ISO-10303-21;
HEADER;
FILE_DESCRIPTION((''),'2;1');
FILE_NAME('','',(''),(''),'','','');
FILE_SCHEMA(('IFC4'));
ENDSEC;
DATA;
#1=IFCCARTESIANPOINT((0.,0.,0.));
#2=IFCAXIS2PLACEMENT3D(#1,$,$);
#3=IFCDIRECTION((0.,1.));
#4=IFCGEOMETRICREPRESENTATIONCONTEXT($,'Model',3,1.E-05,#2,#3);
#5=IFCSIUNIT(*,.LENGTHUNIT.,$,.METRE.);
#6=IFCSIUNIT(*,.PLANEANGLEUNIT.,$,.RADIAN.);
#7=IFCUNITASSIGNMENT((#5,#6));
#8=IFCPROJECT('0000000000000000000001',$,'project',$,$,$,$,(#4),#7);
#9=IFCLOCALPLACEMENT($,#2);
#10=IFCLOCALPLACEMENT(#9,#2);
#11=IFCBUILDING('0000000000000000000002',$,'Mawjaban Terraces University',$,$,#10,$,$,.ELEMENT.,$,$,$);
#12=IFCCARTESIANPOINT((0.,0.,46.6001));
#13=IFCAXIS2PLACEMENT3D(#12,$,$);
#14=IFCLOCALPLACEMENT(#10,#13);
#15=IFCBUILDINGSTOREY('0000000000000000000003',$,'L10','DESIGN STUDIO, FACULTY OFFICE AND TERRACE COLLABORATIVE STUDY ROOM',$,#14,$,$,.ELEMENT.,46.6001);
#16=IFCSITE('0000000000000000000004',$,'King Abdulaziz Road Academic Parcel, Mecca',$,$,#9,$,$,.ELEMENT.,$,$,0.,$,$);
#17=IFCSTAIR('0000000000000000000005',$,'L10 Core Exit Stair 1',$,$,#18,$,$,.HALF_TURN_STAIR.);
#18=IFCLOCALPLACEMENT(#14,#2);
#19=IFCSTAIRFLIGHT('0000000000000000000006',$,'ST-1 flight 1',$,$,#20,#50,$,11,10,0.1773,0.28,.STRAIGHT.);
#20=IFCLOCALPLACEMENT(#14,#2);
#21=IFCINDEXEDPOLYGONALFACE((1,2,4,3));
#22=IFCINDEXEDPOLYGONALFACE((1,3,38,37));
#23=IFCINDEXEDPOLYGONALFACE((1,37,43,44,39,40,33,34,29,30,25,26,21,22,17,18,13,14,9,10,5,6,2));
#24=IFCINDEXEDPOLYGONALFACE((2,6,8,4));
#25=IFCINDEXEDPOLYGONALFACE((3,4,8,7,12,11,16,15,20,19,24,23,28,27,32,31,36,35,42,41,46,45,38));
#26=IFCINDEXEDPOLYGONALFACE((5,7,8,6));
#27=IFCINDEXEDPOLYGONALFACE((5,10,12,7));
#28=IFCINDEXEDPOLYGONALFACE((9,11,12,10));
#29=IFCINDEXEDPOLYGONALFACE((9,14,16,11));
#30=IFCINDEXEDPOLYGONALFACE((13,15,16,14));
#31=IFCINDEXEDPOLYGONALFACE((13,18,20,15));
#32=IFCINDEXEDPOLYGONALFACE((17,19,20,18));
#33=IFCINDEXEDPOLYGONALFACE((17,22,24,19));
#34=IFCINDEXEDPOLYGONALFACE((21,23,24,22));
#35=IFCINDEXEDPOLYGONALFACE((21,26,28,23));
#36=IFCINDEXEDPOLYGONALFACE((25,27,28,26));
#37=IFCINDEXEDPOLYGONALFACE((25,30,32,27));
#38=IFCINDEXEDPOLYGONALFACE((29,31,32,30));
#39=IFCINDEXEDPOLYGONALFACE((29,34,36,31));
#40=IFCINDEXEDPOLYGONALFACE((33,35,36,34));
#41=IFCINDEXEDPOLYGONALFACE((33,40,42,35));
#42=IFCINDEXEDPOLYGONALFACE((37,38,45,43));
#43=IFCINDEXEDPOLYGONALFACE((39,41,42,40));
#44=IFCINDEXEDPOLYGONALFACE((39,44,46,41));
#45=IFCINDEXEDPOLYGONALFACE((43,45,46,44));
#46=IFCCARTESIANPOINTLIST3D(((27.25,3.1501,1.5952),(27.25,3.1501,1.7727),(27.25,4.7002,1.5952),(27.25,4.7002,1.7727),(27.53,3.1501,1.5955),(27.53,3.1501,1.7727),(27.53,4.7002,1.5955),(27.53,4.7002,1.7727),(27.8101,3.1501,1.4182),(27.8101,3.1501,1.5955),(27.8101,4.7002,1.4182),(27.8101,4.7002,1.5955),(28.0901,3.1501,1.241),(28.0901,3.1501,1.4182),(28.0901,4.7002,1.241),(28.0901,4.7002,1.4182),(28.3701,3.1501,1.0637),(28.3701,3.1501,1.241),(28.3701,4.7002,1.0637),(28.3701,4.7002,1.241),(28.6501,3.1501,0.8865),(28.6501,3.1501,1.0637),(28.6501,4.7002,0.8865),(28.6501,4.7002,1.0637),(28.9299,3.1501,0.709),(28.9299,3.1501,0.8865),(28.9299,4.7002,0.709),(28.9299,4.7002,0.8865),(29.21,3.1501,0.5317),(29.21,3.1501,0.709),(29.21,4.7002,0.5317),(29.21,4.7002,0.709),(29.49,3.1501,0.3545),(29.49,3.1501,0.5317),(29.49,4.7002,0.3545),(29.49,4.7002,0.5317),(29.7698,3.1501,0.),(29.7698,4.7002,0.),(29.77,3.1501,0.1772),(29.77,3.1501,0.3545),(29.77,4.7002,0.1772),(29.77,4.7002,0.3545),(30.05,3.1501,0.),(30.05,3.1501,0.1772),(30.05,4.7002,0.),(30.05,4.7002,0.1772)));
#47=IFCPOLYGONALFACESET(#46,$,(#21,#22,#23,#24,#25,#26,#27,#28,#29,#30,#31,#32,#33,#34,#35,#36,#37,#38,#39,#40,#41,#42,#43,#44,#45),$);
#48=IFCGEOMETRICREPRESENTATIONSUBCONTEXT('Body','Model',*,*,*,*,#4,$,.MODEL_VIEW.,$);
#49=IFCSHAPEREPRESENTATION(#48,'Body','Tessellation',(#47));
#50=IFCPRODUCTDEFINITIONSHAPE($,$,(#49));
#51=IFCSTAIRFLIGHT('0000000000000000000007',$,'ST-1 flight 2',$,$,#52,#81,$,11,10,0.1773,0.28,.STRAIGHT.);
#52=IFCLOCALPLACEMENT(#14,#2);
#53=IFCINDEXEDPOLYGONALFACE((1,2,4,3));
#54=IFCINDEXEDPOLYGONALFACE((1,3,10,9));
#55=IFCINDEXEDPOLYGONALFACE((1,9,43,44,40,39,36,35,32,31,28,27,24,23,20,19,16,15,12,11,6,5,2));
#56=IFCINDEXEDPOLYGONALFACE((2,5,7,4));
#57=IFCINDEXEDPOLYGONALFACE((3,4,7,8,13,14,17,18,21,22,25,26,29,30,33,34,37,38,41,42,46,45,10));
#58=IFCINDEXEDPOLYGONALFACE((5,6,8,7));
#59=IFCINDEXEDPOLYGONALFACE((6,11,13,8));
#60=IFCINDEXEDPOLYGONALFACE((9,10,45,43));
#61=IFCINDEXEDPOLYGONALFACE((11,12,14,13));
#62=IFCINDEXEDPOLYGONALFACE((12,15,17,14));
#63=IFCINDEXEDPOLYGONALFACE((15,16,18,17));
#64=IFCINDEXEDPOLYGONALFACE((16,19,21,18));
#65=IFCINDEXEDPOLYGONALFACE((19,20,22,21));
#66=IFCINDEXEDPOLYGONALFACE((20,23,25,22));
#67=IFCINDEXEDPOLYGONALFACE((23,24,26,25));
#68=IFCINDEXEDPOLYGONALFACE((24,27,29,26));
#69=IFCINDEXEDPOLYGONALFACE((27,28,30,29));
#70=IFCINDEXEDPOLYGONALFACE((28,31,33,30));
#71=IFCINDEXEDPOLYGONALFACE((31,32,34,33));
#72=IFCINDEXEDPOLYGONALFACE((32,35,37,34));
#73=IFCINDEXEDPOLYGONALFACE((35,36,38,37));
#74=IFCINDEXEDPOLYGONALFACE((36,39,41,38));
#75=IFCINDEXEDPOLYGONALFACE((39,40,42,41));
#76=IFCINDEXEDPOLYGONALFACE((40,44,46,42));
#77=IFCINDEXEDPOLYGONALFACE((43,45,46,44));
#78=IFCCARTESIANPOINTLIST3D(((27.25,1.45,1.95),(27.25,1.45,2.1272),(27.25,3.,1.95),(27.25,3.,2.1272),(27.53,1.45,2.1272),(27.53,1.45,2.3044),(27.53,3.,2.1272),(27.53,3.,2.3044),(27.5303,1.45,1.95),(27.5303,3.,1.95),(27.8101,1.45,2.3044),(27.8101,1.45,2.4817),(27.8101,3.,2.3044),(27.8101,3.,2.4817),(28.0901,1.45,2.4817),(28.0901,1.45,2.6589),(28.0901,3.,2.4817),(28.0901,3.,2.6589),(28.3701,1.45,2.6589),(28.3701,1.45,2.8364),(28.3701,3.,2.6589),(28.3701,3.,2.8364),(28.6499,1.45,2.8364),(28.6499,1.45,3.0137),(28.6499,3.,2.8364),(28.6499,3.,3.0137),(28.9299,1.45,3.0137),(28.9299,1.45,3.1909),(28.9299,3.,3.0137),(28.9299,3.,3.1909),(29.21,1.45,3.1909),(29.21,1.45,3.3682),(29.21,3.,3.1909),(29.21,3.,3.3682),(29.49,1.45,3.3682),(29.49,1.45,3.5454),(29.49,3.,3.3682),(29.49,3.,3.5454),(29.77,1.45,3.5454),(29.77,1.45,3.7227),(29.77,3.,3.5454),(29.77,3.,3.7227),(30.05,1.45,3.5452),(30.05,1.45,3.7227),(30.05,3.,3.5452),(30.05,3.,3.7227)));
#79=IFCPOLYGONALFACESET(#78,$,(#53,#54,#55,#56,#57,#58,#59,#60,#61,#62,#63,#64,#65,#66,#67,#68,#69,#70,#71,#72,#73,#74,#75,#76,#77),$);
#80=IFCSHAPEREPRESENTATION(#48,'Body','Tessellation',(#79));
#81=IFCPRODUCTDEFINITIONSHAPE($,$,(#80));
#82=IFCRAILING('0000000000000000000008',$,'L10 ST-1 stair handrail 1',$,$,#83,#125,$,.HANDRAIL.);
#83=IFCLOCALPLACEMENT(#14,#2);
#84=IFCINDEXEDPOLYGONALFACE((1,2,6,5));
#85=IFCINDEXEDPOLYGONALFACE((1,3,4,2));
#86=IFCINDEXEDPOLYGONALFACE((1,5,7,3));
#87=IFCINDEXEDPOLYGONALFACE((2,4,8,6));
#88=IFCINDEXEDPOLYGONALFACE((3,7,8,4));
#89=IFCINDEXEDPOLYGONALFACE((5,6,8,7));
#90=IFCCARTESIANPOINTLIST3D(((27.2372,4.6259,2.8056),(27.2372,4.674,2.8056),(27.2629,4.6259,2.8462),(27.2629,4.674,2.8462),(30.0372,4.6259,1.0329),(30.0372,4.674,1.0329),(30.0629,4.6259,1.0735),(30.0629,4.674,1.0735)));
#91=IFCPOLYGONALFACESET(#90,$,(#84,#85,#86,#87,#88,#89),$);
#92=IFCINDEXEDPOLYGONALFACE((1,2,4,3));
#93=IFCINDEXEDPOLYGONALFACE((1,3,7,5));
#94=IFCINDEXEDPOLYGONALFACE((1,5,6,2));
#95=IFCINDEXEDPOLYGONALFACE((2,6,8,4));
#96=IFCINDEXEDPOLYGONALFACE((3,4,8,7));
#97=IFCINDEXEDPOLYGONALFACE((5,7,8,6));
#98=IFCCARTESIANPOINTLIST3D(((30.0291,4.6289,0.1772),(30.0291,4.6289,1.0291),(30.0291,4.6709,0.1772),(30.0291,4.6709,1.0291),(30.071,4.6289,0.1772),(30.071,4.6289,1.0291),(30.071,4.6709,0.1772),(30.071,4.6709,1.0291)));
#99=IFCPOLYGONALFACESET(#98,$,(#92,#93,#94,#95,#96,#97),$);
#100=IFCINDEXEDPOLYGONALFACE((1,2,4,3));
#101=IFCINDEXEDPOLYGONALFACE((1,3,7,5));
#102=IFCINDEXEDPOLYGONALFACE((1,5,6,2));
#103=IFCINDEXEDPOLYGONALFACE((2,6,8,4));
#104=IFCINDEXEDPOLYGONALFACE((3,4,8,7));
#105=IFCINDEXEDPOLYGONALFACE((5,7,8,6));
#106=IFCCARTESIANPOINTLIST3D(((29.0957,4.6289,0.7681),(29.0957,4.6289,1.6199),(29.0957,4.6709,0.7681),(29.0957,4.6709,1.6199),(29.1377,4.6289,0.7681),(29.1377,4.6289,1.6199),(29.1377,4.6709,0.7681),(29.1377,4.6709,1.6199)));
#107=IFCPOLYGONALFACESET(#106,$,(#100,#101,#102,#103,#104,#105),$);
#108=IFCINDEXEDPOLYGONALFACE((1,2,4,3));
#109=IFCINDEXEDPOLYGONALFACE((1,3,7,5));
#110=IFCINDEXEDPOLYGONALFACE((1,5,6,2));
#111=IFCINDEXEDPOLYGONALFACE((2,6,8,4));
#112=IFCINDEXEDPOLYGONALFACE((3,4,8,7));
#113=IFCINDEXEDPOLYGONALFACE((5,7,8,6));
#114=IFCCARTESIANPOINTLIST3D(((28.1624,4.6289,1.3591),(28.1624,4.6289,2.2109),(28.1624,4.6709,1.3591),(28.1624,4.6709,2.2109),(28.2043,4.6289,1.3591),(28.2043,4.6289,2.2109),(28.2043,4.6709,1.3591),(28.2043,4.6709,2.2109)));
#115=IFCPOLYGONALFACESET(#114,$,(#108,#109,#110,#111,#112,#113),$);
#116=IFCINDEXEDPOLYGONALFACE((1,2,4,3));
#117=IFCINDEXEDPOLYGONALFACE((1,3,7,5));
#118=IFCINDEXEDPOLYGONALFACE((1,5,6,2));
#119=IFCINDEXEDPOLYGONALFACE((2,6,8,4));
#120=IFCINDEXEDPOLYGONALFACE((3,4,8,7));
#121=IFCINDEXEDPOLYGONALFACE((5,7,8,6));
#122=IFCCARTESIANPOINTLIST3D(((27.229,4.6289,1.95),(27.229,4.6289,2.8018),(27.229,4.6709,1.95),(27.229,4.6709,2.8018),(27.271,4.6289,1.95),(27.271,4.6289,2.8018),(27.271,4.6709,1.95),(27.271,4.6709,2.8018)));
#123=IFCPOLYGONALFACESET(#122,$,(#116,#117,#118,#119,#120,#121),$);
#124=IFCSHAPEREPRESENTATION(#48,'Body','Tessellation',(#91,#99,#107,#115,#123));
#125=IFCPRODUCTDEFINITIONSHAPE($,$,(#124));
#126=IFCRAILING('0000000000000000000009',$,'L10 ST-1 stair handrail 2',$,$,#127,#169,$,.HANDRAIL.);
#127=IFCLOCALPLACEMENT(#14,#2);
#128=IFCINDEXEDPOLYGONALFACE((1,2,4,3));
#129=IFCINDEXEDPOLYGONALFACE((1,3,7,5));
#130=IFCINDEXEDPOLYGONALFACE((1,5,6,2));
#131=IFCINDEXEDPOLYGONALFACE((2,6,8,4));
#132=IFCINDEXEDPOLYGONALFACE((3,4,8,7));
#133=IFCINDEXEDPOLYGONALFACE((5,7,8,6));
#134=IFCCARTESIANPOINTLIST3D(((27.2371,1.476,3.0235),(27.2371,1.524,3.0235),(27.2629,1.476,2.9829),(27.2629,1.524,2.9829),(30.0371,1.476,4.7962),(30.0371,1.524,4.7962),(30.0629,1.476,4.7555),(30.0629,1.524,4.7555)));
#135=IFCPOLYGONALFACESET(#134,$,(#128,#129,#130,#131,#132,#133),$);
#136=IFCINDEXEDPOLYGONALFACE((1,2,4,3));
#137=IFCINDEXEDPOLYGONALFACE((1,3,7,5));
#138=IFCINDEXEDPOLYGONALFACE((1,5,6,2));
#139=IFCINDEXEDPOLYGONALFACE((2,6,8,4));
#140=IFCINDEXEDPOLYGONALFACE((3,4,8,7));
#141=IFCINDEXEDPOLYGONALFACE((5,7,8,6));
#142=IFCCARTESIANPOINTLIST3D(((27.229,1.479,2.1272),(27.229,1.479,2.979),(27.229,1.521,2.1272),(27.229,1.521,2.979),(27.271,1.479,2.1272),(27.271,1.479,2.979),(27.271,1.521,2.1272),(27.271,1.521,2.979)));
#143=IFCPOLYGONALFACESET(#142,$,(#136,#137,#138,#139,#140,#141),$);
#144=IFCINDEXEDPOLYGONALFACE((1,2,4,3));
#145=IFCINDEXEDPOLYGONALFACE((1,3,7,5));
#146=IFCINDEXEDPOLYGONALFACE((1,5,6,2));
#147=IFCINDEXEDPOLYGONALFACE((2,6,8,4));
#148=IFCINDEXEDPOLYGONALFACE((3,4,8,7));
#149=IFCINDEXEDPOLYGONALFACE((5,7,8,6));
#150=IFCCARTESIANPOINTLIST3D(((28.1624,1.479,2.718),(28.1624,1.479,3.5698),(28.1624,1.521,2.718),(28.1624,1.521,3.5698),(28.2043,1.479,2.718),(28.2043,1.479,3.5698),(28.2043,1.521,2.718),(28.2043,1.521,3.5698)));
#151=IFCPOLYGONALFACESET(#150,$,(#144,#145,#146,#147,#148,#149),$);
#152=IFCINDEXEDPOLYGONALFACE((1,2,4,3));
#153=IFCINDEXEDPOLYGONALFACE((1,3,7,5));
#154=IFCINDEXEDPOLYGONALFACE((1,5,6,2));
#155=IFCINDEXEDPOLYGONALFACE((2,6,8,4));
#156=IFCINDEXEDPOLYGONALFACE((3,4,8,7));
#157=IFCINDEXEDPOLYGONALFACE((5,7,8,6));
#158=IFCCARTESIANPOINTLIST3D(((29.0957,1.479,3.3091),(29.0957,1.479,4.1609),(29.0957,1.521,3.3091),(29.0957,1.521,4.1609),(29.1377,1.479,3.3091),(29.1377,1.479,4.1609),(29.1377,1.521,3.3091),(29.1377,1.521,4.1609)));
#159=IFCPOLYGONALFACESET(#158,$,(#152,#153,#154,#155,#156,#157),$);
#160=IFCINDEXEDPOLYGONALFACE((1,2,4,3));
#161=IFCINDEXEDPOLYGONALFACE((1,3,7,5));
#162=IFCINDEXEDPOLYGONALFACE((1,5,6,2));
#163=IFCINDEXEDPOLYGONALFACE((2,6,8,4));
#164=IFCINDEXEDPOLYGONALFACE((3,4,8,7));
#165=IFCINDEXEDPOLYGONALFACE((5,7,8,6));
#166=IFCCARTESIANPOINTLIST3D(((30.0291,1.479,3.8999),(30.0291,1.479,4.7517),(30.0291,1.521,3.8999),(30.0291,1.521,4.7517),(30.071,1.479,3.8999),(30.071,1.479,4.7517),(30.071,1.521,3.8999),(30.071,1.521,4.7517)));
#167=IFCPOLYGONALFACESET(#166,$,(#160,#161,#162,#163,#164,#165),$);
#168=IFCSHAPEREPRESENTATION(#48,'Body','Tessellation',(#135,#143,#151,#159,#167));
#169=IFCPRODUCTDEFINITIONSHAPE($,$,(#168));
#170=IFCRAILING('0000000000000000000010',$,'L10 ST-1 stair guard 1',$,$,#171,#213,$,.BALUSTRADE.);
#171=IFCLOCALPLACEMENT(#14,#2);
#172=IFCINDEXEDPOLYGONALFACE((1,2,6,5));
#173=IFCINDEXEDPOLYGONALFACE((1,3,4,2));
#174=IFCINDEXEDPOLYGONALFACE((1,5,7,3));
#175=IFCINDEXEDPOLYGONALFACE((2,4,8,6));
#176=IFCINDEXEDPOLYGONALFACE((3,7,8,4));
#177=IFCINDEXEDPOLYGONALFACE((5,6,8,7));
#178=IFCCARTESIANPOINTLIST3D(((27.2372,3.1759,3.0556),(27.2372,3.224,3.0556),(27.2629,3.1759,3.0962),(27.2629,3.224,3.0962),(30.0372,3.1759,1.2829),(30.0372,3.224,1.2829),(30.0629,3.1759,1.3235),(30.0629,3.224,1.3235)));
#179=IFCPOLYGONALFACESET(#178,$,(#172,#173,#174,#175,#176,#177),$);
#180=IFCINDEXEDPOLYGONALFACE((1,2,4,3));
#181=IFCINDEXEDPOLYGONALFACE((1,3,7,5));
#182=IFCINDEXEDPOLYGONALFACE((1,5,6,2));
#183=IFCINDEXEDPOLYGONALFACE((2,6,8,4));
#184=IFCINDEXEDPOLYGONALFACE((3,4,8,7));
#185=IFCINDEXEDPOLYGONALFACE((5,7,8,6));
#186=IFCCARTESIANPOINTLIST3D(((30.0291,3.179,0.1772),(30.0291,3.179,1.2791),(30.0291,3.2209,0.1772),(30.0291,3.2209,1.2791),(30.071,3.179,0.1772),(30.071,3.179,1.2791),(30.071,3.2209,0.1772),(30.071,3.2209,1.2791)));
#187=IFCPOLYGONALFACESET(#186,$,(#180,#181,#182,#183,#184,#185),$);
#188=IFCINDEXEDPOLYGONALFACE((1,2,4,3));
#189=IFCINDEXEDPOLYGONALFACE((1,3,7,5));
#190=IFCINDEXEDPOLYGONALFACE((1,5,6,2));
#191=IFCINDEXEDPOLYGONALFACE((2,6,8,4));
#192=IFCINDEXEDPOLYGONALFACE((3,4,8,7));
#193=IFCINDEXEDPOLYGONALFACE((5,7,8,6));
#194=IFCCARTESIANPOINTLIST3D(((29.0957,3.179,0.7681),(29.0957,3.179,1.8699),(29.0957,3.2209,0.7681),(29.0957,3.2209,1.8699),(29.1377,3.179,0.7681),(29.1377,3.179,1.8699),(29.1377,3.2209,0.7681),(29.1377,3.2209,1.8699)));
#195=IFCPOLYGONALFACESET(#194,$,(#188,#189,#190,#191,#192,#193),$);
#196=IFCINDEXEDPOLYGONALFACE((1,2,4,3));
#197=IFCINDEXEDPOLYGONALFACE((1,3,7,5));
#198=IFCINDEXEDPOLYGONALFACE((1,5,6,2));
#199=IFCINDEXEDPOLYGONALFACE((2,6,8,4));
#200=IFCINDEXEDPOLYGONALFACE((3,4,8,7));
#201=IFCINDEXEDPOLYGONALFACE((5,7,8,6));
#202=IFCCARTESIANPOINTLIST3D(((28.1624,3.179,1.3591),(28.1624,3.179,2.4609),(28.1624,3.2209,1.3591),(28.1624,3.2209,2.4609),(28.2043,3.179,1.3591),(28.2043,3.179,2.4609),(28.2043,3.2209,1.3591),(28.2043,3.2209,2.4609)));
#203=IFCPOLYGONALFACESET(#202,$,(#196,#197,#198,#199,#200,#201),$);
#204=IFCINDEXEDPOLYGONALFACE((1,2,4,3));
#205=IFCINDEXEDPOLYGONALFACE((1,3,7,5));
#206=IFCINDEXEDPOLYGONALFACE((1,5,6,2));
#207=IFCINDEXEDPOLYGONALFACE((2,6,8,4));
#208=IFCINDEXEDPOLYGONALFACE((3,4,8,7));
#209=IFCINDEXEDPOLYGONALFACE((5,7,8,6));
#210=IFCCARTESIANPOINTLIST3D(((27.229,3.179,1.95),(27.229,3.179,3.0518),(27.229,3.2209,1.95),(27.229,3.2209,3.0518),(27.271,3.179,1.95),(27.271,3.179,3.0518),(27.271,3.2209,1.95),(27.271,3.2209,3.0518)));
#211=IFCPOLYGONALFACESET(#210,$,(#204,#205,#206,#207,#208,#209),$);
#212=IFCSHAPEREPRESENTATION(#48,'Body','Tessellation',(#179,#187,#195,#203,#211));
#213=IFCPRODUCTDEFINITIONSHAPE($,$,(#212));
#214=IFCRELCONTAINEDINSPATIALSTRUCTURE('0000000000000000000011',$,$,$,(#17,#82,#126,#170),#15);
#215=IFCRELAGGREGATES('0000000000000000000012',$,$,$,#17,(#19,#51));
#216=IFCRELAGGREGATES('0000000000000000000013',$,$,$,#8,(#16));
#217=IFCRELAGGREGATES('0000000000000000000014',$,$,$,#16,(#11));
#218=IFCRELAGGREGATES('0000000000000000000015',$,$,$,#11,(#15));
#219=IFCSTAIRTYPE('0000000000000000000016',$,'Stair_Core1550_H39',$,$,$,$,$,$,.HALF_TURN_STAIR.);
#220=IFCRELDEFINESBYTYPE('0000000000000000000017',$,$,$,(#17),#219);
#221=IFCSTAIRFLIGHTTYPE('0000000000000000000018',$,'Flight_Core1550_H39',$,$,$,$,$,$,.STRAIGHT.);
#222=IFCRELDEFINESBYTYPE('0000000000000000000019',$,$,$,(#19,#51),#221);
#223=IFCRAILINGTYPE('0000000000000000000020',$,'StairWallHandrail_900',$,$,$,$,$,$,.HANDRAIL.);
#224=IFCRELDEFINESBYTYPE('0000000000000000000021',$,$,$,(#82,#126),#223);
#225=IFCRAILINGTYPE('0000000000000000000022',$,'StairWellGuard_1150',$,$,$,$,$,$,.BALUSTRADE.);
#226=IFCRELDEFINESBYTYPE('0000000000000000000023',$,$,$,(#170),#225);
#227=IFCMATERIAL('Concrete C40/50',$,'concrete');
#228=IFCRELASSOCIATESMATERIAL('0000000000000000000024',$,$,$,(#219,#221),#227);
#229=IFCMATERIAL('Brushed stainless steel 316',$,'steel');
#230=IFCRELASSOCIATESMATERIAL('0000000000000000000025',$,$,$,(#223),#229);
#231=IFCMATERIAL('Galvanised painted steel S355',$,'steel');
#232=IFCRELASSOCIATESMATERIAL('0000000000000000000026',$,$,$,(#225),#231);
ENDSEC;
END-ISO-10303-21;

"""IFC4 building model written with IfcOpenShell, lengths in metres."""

from ifc_helpers import new_model, si_unit, direction, frame, origin, origin_2d, place, context, subcontext, project, spatial, polyline, rectangle, outline, extrude, material, type_object, element, aggregate, save


model = new_model("IFC4")

# Units and contexts
model_context = context("Model", 3, precision=1e-05, world=origin(), true_north=direction((0.0, 1.0)))
body_context = subcontext(model_context, "Body", "Model", "MODEL_VIEW")
ifc_project = project(units=[si_unit("LENGTHUNIT", "METRE"), si_unit("PLANEANGLEUNIT", "RADIAN")], contexts=[model_context])

# Site, building, storey
site_placement = place(None, origin())
site = spatial("IfcSite", under=ifc_project, at=site_placement, Name="King Abdulaziz Road Academic Parcel, Mecca", CompositionType="ELEMENT", RefElevation=0.0)
building_placement = place(site_placement, origin())
building = spatial("IfcBuilding", under=site, at=building_placement, Name="Mawjaban Terraces University", CompositionType="ELEMENT")
storey_placement = place(building_placement, frame((0.0, 0.0, 46.6001)))
storey = spatial("IfcBuildingStorey", under=building, at=storey_placement, Name="L10", Description="DESIGN STUDIO, FACULTY OFFICE AND TERRACE COLLABORATIVE STUDY ROOM", CompositionType="ELEMENT", Elevation=46.6001)

# Stair, stair flights
ifc_material_1 = material(Name="Concrete C40/50", Category="concrete")
stair_type = type_object("IfcStairType", Name="Stair_Core1550_H39", PredefinedType="HALF_TURN_STAIR", material=ifc_material_1)
stair_placement = place(storey_placement, origin())
stair = element("IfcStair", 1, at=stair_placement, inside=storey, type_object=stair_type, Name="L10 Core Exit Stair 1", PredefinedType="HALF_TURN_STAIR")
stair_flight_type = type_object("IfcStairFlightType", Name="Flight_Core1550_H39", PredefinedType="STRAIGHT", material=ifc_material_1)
stair_flight_1_placement = place(storey_placement, frame((30.05, 3.925, 0.0), z_axis=(0.0, 0.0, 1.0), x_axis=(-1.0, 0.0, 0.0)))
stair_flight_1 = element("IfcStairFlight", 2, at=stair_flight_1_placement, type_object=stair_flight_type, Name="ST-1 flight 1", NumberOfRisers=11, NumberOfTreads=10, PredefinedType="STRAIGHT", RiserHeight=0.1773, TreadLength=0.28, context=body_context, shape_type="SweptSolid", body=[
    extrude(outline(polyline([(0.0, 0.0), (0.0, 0.1772), (0.28, 0.1772), (0.28, 0.3545), (0.5601, 0.3545), (0.5601, 0.5317), (0.8401, 0.5317), (0.8401, 0.709), (1.1201, 0.709), (1.1201, 0.8865), (1.3999, 0.8865), (1.3999, 1.0637), (1.6799, 1.0637), (1.6799, 1.241), (1.96, 1.241), (1.96, 1.4182), (2.24, 1.4182), (2.24, 1.5955), (2.52, 1.5955), (2.52, 1.7727), (2.8, 1.7727), (2.8, 1.95), (2.8, 1.5952), (0.2803, 0.0), (0.0, 0.0)])), frame((0.0, 0.7749, 0.0), z_axis=(0.0, -1.0, 0.0), x_axis=(1.0, 0.0, 0.0)), (0.0, 0.0, 1.0), 1.55),
])
stair_flight_2_placement = place(storey_placement, frame((27.25, 2.2251, 1.95), z_axis=(0.0, 0.0, 1.0), x_axis=(1.0, 0.0, 0.0)))
stair_flight_2 = element("IfcStairFlight", 3, at=stair_flight_2_placement, type_object=stair_flight_type, Name="ST-1 flight 2", NumberOfRisers=11, NumberOfTreads=10, PredefinedType="STRAIGHT", RiserHeight=0.1773, TreadLength=0.28, context=body_context, shape_type="SweptSolid", body=[
    extrude(outline(polyline([(0.0, 0.0), (0.0, 0.1772), (0.28, 0.1772), (0.28, 0.3545), (0.5601, 0.3545), (0.5601, 0.5317), (0.8401, 0.5317), (0.8401, 0.709), (1.1201, 0.709), (1.1201, 0.8865), (1.3999, 0.8865), (1.3999, 1.0637), (1.6799, 1.0637), (1.6799, 1.241), (1.96, 1.241), (1.96, 1.4182), (2.24, 1.4182), (2.24, 1.5955), (2.52, 1.5955), (2.52, 1.7727), (2.8, 1.7727), (2.8, 1.95), (2.8, 1.5952), (0.2803, 0.0), (0.0, 0.0)])), frame((0.0, 0.7749, 0.0), z_axis=(0.0, -1.0, 0.0), x_axis=(1.0, 0.0, 0.0)), (0.0, 0.0, 1.0), 1.55),
])
aggregate(stair, [stair_flight_1, stair_flight_2])

# Railings
ifc_material_2 = material(Name="Brushed stainless steel 316", Category="steel")
railing_type_1 = type_object("IfcRailingType", Name="StairWallHandrail_900", PredefinedType="HANDRAIL", material=ifc_material_2)
railing_1_placement = place(storey_placement, frame((30.05, 4.6499, 0.1772)))
element("IfcRailing", 4, at=railing_1_placement, inside=storey, type_object=railing_type_1, Name="L10 ST-1 stair handrail 1", PredefinedType="HANDRAIL", context=body_context, shape_type="SweptSolid", body=[
    extrude(rectangle(XDim=0.0481, YDim=0.0481, at=origin_2d()), frame((0.0, 0.0, 0.876), z_axis=(-0.844909, 0.0, 0.53491), x_axis=(0.0, -1.0, 0.0)), (0.0, 0.0, 1.0), 3.314),
    extrude(rectangle(XDim=0.042, YDim=0.042, at=origin_2d()), origin(), (0.0, 0.0, 1.0), 0.8518),
    extrude(rectangle(XDim=0.042, YDim=0.042, at=origin_2d()), frame((-0.9333, 0.0, 0.5908)), (0.0, 0.0, 1.0), 0.8518),
    extrude(rectangle(XDim=0.042, YDim=0.042, at=origin_2d()), frame((-1.8667, 0.0, 1.1819)), (0.0, 0.0, 1.0), 0.8518),
    extrude(rectangle(XDim=0.042, YDim=0.042, at=origin_2d()), frame((-2.8, 0.0, 1.7727)), (0.0, 0.0, 1.0), 0.8518),
])
railing_2_placement = place(storey_placement, frame((27.25, 1.5, 2.1272)))
element("IfcRailing", 5, at=railing_2_placement, inside=storey, type_object=railing_type_1, Name="L10 ST-1 stair handrail 2", PredefinedType="HANDRAIL", context=body_context, shape_type="SweptSolid", body=[
    extrude(rectangle(XDim=0.0481, YDim=0.0481, at=origin_2d()), frame((0.0, 0.0, 0.876), z_axis=(0.844909, 0.0, 0.53491), x_axis=(0.0, 1.0, 0.0)), (0.0, 0.0, 1.0), 3.314),
    extrude(rectangle(XDim=0.042, YDim=0.042, at=origin_2d()), origin(), (0.0, 0.0, 1.0), 0.8518),
    extrude(rectangle(XDim=0.042, YDim=0.042, at=origin_2d()), frame((0.9333, 0.0, 0.5908)), (0.0, 0.0, 1.0), 0.8518),
    extrude(rectangle(XDim=0.042, YDim=0.042, at=origin_2d()), frame((1.8667, 0.0, 1.1819)), (0.0, 0.0, 1.0), 0.8518),
    extrude(rectangle(XDim=0.042, YDim=0.042, at=origin_2d()), frame((2.8, 0.0, 1.7727)), (0.0, 0.0, 1.0), 0.8518),
])
ifc_material_3 = material(Name="Galvanised painted steel S355", Category="steel")
railing_type_2 = type_object("IfcRailingType", Name="StairWellGuard_1150", PredefinedType="BALUSTRADE", material=ifc_material_3)
railing_3_placement = place(storey_placement, frame((30.05, 3.2, 0.1772)))
element("IfcRailing", 6, at=railing_3_placement, inside=storey, type_object=railing_type_2, Name="L10 ST-1 stair guard 1", PredefinedType="BALUSTRADE", context=body_context, shape_type="SweptSolid", body=[
    extrude(rectangle(XDim=0.0481, YDim=0.0481, at=origin_2d()), frame((0.0, 0.0, 1.126), z_axis=(-0.844909, 0.0, 0.53491), x_axis=(0.0, -1.0, 0.0)), (0.0, 0.0, 1.0), 3.314),
    extrude(rectangle(XDim=0.042, YDim=0.042, at=origin_2d()), origin(), (0.0, 0.0, 1.0), 1.1018),
    extrude(rectangle(XDim=0.042, YDim=0.042, at=origin_2d()), frame((-0.9333, 0.0, 0.5908)), (0.0, 0.0, 1.0), 1.1018),
    extrude(rectangle(XDim=0.042, YDim=0.042, at=origin_2d()), frame((-1.8667, 0.0, 1.1819)), (0.0, 0.0, 1.0), 1.1018),
    extrude(rectangle(XDim=0.042, YDim=0.042, at=origin_2d()), frame((-2.8, 0.0, 1.7727)), (0.0, 0.0, 1.0), 1.1018),
])

save(model, "model.ifc")
